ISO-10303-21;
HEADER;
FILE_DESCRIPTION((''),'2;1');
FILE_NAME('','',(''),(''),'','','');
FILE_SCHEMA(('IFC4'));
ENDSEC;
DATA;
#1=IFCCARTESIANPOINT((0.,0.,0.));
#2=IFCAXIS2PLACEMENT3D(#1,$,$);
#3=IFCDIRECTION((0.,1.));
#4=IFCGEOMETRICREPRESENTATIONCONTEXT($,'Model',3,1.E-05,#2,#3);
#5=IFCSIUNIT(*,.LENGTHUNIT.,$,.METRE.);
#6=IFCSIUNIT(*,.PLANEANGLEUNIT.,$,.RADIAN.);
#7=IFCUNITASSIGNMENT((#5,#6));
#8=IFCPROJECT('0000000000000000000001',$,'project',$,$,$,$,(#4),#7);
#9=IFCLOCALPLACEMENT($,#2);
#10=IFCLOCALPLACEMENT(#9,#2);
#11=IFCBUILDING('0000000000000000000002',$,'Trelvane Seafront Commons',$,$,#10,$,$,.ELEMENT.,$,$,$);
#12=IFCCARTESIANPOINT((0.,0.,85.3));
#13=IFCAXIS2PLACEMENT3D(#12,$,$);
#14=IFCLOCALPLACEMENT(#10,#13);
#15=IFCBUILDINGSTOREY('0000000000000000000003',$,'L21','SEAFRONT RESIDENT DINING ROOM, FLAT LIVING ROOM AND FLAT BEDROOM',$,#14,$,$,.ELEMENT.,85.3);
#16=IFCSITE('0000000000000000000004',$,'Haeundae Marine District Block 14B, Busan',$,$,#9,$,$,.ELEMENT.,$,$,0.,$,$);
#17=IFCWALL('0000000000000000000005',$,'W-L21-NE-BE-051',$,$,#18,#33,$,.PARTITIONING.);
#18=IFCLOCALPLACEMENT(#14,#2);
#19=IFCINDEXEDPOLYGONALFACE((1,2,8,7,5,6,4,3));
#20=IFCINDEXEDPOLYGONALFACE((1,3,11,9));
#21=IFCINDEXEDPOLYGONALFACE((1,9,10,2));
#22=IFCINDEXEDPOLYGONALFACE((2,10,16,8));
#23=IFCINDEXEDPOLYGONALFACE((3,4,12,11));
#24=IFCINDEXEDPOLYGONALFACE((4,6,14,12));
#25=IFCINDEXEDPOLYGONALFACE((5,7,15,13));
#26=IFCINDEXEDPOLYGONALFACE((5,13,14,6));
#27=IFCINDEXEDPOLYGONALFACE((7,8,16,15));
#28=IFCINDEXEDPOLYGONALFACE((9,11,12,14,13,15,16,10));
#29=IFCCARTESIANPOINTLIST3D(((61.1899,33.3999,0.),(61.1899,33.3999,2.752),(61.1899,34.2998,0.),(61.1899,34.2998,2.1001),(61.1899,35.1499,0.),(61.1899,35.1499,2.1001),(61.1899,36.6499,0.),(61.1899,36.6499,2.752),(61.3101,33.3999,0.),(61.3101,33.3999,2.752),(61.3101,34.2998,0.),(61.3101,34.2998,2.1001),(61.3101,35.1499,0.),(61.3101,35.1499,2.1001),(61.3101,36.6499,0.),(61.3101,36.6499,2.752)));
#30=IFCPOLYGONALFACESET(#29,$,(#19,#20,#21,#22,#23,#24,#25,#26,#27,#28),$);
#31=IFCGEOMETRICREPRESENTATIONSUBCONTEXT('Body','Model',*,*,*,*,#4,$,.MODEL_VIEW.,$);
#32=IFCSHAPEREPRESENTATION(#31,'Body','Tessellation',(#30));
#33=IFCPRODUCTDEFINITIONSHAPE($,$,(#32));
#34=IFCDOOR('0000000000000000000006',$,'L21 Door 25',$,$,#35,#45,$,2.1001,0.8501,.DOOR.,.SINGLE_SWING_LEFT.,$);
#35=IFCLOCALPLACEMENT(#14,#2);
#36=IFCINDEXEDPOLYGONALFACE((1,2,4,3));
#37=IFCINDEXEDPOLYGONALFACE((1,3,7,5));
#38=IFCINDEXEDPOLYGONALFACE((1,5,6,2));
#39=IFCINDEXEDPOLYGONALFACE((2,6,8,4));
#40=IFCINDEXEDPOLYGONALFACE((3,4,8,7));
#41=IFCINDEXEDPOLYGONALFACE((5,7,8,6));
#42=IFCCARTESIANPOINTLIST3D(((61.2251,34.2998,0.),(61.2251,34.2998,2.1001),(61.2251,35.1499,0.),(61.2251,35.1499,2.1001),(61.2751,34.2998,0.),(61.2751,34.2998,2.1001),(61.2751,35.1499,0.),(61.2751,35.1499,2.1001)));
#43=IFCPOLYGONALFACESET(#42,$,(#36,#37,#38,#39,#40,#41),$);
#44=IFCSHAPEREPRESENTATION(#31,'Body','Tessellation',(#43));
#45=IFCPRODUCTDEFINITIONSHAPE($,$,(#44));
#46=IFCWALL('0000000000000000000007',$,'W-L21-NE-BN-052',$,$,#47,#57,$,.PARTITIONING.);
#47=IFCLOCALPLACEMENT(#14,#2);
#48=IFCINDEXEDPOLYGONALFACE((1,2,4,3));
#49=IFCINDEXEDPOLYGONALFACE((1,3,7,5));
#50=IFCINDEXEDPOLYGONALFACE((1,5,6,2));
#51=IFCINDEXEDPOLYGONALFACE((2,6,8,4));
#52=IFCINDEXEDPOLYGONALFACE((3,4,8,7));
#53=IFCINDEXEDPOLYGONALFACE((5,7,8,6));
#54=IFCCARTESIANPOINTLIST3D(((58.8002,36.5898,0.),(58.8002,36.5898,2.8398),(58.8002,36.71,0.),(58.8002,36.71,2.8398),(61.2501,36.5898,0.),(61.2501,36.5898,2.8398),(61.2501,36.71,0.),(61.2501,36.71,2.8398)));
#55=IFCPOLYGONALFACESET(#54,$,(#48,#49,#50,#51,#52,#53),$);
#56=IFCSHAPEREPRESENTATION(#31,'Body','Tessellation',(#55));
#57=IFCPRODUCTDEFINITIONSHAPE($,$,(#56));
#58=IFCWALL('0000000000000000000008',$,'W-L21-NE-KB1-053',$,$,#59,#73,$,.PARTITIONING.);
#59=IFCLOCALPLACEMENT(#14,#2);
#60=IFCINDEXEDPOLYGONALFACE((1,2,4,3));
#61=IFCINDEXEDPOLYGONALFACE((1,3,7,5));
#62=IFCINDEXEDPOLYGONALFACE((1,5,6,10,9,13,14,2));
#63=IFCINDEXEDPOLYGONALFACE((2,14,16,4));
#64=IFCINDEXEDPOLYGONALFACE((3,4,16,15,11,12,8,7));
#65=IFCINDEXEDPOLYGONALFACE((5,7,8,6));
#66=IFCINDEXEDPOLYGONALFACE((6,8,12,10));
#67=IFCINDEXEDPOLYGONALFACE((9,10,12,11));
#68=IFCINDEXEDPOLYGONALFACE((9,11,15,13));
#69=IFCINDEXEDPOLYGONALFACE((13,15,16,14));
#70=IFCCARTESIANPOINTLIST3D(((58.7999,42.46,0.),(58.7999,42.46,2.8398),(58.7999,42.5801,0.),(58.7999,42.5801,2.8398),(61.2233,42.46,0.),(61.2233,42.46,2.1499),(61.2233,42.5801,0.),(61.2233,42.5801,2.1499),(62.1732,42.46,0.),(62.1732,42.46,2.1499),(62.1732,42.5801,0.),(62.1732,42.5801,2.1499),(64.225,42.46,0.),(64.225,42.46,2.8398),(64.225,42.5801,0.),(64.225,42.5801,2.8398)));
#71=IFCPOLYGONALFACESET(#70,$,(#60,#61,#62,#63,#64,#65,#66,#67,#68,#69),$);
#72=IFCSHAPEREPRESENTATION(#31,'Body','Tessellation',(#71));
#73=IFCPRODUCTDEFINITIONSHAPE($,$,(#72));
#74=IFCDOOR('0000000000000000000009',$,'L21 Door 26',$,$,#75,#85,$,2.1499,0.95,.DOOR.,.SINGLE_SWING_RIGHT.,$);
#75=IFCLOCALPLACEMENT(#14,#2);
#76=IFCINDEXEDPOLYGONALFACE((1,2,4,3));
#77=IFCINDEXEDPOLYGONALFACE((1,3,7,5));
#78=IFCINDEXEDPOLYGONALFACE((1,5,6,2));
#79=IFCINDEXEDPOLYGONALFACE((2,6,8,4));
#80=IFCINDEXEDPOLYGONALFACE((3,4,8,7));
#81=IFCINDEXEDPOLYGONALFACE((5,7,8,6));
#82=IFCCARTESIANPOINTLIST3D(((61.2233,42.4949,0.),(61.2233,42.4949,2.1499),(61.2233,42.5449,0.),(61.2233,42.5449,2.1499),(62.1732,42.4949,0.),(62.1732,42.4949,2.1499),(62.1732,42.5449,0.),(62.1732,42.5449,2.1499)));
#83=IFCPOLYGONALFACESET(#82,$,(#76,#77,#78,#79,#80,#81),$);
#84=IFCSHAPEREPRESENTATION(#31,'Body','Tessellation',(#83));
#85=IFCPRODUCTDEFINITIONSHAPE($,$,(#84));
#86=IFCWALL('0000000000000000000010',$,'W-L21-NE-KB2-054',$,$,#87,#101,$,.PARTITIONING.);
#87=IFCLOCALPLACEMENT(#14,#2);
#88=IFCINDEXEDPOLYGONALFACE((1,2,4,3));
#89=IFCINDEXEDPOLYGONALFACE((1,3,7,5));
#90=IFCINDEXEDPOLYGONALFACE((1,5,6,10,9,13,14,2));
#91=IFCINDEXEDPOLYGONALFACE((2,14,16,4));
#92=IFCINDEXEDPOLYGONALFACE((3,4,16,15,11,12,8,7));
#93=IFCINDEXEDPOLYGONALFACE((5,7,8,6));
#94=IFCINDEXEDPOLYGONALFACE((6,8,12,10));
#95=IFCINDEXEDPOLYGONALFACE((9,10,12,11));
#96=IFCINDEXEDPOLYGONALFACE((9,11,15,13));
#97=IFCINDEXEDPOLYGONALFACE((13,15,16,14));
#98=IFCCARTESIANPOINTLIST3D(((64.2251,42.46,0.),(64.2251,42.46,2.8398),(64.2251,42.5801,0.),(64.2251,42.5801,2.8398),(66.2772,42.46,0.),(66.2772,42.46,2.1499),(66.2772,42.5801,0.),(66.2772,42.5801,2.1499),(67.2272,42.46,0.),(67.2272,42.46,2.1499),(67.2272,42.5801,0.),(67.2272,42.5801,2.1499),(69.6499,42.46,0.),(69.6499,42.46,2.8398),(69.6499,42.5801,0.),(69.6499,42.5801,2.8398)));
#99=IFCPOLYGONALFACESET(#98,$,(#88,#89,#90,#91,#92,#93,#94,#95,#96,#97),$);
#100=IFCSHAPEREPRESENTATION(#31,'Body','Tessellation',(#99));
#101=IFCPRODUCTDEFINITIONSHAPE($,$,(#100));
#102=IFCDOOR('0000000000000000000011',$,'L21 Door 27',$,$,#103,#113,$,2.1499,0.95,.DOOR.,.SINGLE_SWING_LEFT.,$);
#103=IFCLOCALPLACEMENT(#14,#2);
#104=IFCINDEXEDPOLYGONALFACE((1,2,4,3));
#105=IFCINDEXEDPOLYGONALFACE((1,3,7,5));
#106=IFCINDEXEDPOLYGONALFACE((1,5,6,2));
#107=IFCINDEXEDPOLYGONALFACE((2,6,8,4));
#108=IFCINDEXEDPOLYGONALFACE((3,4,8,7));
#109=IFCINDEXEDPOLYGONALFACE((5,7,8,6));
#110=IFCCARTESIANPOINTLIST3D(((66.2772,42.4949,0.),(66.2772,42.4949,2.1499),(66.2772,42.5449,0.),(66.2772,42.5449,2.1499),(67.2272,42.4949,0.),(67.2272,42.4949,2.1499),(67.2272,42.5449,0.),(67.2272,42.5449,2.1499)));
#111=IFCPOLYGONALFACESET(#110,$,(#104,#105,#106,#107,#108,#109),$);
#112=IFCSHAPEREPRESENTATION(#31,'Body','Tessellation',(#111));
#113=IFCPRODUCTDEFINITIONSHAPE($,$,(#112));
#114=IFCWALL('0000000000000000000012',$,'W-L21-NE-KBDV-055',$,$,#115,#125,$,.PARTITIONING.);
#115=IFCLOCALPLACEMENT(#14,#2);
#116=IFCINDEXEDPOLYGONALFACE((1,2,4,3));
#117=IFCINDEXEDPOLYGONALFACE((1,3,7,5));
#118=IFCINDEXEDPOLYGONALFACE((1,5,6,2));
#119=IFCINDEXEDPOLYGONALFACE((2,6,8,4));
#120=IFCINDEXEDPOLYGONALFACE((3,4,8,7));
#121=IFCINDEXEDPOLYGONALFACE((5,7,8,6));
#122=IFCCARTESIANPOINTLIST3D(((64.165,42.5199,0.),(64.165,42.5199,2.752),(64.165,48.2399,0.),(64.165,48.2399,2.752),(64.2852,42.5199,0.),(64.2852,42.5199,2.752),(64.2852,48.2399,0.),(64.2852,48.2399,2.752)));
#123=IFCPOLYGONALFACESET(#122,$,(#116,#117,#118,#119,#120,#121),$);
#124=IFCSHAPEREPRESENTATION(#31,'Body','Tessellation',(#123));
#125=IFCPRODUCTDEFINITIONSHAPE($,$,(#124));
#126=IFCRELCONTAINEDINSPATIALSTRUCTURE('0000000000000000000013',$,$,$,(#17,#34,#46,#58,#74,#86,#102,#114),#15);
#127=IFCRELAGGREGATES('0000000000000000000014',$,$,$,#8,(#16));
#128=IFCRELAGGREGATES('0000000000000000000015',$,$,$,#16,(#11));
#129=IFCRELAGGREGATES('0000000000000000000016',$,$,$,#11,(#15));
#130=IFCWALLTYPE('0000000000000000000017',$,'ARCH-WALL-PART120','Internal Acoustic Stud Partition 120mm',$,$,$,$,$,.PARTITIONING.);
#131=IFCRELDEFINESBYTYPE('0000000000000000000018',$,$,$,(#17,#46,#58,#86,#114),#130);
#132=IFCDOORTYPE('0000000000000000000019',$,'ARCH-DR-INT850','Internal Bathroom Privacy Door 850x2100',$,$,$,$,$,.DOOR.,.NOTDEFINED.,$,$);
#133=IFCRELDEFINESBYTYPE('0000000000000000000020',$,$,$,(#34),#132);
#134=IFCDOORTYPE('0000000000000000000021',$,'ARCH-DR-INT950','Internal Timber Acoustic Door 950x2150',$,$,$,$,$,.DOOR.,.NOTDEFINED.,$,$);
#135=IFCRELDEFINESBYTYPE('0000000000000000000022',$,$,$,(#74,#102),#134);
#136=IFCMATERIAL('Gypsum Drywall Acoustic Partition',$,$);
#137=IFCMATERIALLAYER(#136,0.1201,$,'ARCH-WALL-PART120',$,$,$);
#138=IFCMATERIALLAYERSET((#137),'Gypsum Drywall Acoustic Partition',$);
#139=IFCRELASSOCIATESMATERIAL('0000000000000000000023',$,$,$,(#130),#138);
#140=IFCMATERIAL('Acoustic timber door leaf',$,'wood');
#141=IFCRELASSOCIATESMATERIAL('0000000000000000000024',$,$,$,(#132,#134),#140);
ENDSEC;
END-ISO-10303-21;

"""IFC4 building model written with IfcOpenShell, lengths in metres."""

from ifc_helpers import new_model, si_unit, direction, frame, frame_2d, origin, place, context, subcontext, project, spatial, rectangle, extrude, source, transform, mapped, material, layer, layer_set, type_object, element, fill, save


model = new_model("IFC4")

# Units and contexts
model_context = context("Model", 3, precision=1e-05, world=origin(), true_north=direction((0.0, 1.0)))
body_context = subcontext(model_context, "Body", "Model", "MODEL_VIEW")
ifc_project = project(units=[si_unit("LENGTHUNIT", "METRE"), si_unit("PLANEANGLEUNIT", "RADIAN")], contexts=[model_context])

# Site, building, storey
site_placement = place(None, origin())
site = spatial("IfcSite", under=ifc_project, at=site_placement, Name="Haeundae Marine District Block 14B, Busan", CompositionType="ELEMENT", RefElevation=0.0)
building_placement = place(site_placement, origin())
building = spatial("IfcBuilding", under=site, at=building_placement, Name="Trelvane Seafront Commons", CompositionType="ELEMENT")
storey_placement = place(building_placement, frame((0.0, 0.0, 85.3)))
storey = spatial("IfcBuildingStorey", under=building, at=storey_placement, Name="L21", Description="SEAFRONT RESIDENT DINING ROOM, FLAT LIVING ROOM AND FLAT BEDROOM", CompositionType="ELEMENT", Elevation=85.3)

# Wall, opening, door
ifc_material_1 = material(Name="Gypsum Drywall Acoustic Partition")
ifc_layer = layer(ifc_material_1, 0.1201, Name="ARCH-WALL-PART120")
ifc_layer_set = layer_set([ifc_layer], Name="Gypsum Drywall Acoustic Partition")
wall_type = type_object("IfcWallType", Name="ARCH-WALL-PART120", Description="Internal Acoustic Stud Partition 120mm", PredefinedType="PARTITIONING", material=ifc_layer_set)
wall_1_placement = place(storey_placement, frame((61.25, 33.3999, 0.0), z_axis=(0.0, 0.0, 1.0), x_axis=(0.0, 1.0, 0.0)))
wall_1 = element("IfcWall", 1, at=wall_1_placement, inside=storey, type_object=wall_type, Name="W-L21-NE-BE-051", PredefinedType="PARTITIONING", context=body_context, shape_type="SweptSolid", body=[
    extrude(rectangle(XDim=3.25, YDim=0.1201, at=frame_2d((1.625, 0.0))), origin(), (0.0, 0.0, 1.0), 2.752),
])
opening_1_placement = place(wall_1_placement, frame((0.8999, 0.0, 0.0)))
opening_1 = element("IfcOpeningElement", 2, at=opening_1_placement, cuts=wall_1, PredefinedType="OPENING", context=body_context, shape_type="SweptSolid", body=[
    extrude(rectangle(XDim=0.8501, YDim=2.1001, at=frame_2d((0.425, 1.05))), frame((0.0, 0.0701, 0.0), z_axis=(0.0, -1.0, 0.0), x_axis=(1.0, 0.0, 0.0)), (0.0, 0.0, 1.0), 0.1401),
])
ifc_material_2 = material(Name="Acoustic timber door leaf", Category="wood")
door_type_1 = type_object("IfcDoorType", Name="ARCH-DR-INT850", Description="Internal Bathroom Privacy Door 850x2100", OperationType="NOTDEFINED", PredefinedType="DOOR", material=ifc_material_2)
shared_shape_1 = source(origin(), body_context, "Body", "SweptSolid", [
    extrude(rectangle(XDim=0.8501, YDim=2.1001, at=frame_2d((0.425, 1.05))), frame((0.0, 0.0249, 0.0), z_axis=(0.0, -1.0, 0.0), x_axis=(1.0, 0.0, 0.0)), (0.0, 0.0, 1.0), 0.05),
])
door_1_placement = place(opening_1_placement, origin())
door_1 = element("IfcDoor", 3, at=door_1_placement, inside=storey, type_object=door_type_1, Name="L21 Door 25", OperationType="SINGLE_SWING_LEFT", OverallHeight=2.1001, OverallWidth=0.8501, PredefinedType="DOOR", context=body_context, shape_type="MappedRepresentation", body=[
    mapped(shared_shape_1, transform((0.0, 0.0, 0.0), x_axis=(1.0, 0.0, 0.0), y_axis=(0.0, 1.0, 0.0), z_axis=(0.0, 0.0, 1.0), scale=1.0)),
])
fill(opening_1, door_1)

# Wall
wall_2_placement = place(storey_placement, frame((58.8, 36.6499, 0.0), z_axis=(0.0, 0.0, 1.0), x_axis=(1.0, 0.0, 0.0)))
element("IfcWall", 4, at=wall_2_placement, inside=storey, type_object=wall_type, Name="W-L21-NE-BN-052", PredefinedType="PARTITIONING", context=body_context, shape_type="SweptSolid", body=[
    extrude(rectangle(XDim=2.45, YDim=0.1201, at=frame_2d((1.2251, 0.0))), origin(), (0.0, 0.0, 1.0), 2.8398),
])

# Walls, openings, doors
wall_3_placement = place(storey_placement, frame((58.8, 42.52, 0.0), z_axis=(0.0, 0.0, 1.0), x_axis=(1.0, 0.0, 0.0)))
wall_3 = element("IfcWall", 5, at=wall_3_placement, inside=storey, type_object=wall_type, Name="W-L21-NE-KB1-053", PredefinedType="PARTITIONING", context=body_context, shape_type="SweptSolid", body=[
    extrude(rectangle(XDim=5.425, YDim=0.1201, at=frame_2d((2.7124, 0.0))), origin(), (0.0, 0.0, 1.0), 2.8398),
])
opening_2_placement = place(wall_3_placement, frame((2.4231, 0.0, 0.0)))
opening_2 = element("IfcOpeningElement", 6, at=opening_2_placement, cuts=wall_3, PredefinedType="OPENING", context=body_context, shape_type="SweptSolid", body=[
    extrude(rectangle(XDim=0.95, YDim=2.1499, at=frame_2d((0.4751, 1.075))), frame((0.0, 0.0701, 0.0), z_axis=(0.0, -1.0, 0.0), x_axis=(1.0, 0.0, 0.0)), (0.0, 0.0, 1.0), 0.1401),
])
door_type_2 = type_object("IfcDoorType", Name="ARCH-DR-INT950", Description="Internal Timber Acoustic Door 950x2150", OperationType="NOTDEFINED", PredefinedType="DOOR", material=ifc_material_2)
shared_shape_2 = source(origin(), body_context, "Body", "SweptSolid", [
    extrude(rectangle(XDim=0.95, YDim=2.1499, at=frame_2d((0.4751, 1.075))), frame((0.0, 0.0249, 0.0), z_axis=(0.0, -1.0, 0.0), x_axis=(1.0, 0.0, 0.0)), (0.0, 0.0, 1.0), 0.05),
])
door_2_placement = place(opening_2_placement, origin())
door_2 = element("IfcDoor", 7, at=door_2_placement, inside=storey, type_object=door_type_2, Name="L21 Door 26", OperationType="SINGLE_SWING_RIGHT", OverallHeight=2.1499, OverallWidth=0.95, PredefinedType="DOOR", context=body_context, shape_type="MappedRepresentation", body=[
    mapped(shared_shape_2, transform((0.0, 0.0, 0.0), x_axis=(1.0, 0.0, 0.0), y_axis=(0.0, 1.0, 0.0), z_axis=(0.0, 0.0, 1.0), scale=1.0)),
])
fill(opening_2, door_2)
wall_4_placement = place(storey_placement, frame((64.2251, 42.52, 0.0), z_axis=(0.0, 0.0, 1.0), x_axis=(1.0, 0.0, 0.0)))
wall_4 = element("IfcWall", 8, at=wall_4_placement, inside=storey, type_object=wall_type, Name="W-L21-NE-KB2-054", PredefinedType="PARTITIONING", context=body_context, shape_type="SweptSolid", body=[
    extrude(rectangle(XDim=5.4248, YDim=0.1201, at=frame_2d((2.7124, 0.0))), origin(), (0.0, 0.0, 1.0), 2.8398),
])
opening_3_placement = place(wall_4_placement, frame((2.052, 0.0, 0.0)))
opening_3 = element("IfcOpeningElement", 9, at=opening_3_placement, cuts=wall_4, PredefinedType="OPENING", context=body_context, shape_type="SweptSolid", body=[
    extrude(rectangle(XDim=0.95, YDim=2.1499, at=frame_2d((0.4751, 1.075))), frame((0.0, 0.0701, 0.0), z_axis=(0.0, -1.0, 0.0), x_axis=(1.0, 0.0, 0.0)), (0.0, 0.0, 1.0), 0.1401),
])
door_3_placement = place(opening_3_placement, origin())
door_3 = element("IfcDoor", 10, at=door_3_placement, inside=storey, type_object=door_type_2, Name="L21 Door 27", OperationType="SINGLE_SWING_LEFT", OverallHeight=2.1499, OverallWidth=0.95, PredefinedType="DOOR", context=body_context, shape_type="MappedRepresentation", body=[
    mapped(shared_shape_2, transform((0.0, 0.0, 0.0), x_axis=(1.0, 0.0, 0.0), y_axis=(0.0, 1.0, 0.0), z_axis=(0.0, 0.0, 1.0), scale=1.0)),
])
fill(opening_3, door_3)

# Wall
wall_5_placement = place(storey_placement, frame((64.2251, 42.52, 0.0), z_axis=(0.0, 0.0, 1.0), x_axis=(0.0, 1.0, 0.0)))
element("IfcWall", 11, at=wall_5_placement, inside=storey, type_object=wall_type, Name="W-L21-NE-KBDV-055", PredefinedType="PARTITIONING", context=body_context, shape_type="SweptSolid", body=[
    extrude(rectangle(XDim=5.72, YDim=0.1201, at=frame_2d((2.8599, 0.0))), origin(), (0.0, 0.0, 1.0), 2.752),
])

save(model, "model.ifc")
